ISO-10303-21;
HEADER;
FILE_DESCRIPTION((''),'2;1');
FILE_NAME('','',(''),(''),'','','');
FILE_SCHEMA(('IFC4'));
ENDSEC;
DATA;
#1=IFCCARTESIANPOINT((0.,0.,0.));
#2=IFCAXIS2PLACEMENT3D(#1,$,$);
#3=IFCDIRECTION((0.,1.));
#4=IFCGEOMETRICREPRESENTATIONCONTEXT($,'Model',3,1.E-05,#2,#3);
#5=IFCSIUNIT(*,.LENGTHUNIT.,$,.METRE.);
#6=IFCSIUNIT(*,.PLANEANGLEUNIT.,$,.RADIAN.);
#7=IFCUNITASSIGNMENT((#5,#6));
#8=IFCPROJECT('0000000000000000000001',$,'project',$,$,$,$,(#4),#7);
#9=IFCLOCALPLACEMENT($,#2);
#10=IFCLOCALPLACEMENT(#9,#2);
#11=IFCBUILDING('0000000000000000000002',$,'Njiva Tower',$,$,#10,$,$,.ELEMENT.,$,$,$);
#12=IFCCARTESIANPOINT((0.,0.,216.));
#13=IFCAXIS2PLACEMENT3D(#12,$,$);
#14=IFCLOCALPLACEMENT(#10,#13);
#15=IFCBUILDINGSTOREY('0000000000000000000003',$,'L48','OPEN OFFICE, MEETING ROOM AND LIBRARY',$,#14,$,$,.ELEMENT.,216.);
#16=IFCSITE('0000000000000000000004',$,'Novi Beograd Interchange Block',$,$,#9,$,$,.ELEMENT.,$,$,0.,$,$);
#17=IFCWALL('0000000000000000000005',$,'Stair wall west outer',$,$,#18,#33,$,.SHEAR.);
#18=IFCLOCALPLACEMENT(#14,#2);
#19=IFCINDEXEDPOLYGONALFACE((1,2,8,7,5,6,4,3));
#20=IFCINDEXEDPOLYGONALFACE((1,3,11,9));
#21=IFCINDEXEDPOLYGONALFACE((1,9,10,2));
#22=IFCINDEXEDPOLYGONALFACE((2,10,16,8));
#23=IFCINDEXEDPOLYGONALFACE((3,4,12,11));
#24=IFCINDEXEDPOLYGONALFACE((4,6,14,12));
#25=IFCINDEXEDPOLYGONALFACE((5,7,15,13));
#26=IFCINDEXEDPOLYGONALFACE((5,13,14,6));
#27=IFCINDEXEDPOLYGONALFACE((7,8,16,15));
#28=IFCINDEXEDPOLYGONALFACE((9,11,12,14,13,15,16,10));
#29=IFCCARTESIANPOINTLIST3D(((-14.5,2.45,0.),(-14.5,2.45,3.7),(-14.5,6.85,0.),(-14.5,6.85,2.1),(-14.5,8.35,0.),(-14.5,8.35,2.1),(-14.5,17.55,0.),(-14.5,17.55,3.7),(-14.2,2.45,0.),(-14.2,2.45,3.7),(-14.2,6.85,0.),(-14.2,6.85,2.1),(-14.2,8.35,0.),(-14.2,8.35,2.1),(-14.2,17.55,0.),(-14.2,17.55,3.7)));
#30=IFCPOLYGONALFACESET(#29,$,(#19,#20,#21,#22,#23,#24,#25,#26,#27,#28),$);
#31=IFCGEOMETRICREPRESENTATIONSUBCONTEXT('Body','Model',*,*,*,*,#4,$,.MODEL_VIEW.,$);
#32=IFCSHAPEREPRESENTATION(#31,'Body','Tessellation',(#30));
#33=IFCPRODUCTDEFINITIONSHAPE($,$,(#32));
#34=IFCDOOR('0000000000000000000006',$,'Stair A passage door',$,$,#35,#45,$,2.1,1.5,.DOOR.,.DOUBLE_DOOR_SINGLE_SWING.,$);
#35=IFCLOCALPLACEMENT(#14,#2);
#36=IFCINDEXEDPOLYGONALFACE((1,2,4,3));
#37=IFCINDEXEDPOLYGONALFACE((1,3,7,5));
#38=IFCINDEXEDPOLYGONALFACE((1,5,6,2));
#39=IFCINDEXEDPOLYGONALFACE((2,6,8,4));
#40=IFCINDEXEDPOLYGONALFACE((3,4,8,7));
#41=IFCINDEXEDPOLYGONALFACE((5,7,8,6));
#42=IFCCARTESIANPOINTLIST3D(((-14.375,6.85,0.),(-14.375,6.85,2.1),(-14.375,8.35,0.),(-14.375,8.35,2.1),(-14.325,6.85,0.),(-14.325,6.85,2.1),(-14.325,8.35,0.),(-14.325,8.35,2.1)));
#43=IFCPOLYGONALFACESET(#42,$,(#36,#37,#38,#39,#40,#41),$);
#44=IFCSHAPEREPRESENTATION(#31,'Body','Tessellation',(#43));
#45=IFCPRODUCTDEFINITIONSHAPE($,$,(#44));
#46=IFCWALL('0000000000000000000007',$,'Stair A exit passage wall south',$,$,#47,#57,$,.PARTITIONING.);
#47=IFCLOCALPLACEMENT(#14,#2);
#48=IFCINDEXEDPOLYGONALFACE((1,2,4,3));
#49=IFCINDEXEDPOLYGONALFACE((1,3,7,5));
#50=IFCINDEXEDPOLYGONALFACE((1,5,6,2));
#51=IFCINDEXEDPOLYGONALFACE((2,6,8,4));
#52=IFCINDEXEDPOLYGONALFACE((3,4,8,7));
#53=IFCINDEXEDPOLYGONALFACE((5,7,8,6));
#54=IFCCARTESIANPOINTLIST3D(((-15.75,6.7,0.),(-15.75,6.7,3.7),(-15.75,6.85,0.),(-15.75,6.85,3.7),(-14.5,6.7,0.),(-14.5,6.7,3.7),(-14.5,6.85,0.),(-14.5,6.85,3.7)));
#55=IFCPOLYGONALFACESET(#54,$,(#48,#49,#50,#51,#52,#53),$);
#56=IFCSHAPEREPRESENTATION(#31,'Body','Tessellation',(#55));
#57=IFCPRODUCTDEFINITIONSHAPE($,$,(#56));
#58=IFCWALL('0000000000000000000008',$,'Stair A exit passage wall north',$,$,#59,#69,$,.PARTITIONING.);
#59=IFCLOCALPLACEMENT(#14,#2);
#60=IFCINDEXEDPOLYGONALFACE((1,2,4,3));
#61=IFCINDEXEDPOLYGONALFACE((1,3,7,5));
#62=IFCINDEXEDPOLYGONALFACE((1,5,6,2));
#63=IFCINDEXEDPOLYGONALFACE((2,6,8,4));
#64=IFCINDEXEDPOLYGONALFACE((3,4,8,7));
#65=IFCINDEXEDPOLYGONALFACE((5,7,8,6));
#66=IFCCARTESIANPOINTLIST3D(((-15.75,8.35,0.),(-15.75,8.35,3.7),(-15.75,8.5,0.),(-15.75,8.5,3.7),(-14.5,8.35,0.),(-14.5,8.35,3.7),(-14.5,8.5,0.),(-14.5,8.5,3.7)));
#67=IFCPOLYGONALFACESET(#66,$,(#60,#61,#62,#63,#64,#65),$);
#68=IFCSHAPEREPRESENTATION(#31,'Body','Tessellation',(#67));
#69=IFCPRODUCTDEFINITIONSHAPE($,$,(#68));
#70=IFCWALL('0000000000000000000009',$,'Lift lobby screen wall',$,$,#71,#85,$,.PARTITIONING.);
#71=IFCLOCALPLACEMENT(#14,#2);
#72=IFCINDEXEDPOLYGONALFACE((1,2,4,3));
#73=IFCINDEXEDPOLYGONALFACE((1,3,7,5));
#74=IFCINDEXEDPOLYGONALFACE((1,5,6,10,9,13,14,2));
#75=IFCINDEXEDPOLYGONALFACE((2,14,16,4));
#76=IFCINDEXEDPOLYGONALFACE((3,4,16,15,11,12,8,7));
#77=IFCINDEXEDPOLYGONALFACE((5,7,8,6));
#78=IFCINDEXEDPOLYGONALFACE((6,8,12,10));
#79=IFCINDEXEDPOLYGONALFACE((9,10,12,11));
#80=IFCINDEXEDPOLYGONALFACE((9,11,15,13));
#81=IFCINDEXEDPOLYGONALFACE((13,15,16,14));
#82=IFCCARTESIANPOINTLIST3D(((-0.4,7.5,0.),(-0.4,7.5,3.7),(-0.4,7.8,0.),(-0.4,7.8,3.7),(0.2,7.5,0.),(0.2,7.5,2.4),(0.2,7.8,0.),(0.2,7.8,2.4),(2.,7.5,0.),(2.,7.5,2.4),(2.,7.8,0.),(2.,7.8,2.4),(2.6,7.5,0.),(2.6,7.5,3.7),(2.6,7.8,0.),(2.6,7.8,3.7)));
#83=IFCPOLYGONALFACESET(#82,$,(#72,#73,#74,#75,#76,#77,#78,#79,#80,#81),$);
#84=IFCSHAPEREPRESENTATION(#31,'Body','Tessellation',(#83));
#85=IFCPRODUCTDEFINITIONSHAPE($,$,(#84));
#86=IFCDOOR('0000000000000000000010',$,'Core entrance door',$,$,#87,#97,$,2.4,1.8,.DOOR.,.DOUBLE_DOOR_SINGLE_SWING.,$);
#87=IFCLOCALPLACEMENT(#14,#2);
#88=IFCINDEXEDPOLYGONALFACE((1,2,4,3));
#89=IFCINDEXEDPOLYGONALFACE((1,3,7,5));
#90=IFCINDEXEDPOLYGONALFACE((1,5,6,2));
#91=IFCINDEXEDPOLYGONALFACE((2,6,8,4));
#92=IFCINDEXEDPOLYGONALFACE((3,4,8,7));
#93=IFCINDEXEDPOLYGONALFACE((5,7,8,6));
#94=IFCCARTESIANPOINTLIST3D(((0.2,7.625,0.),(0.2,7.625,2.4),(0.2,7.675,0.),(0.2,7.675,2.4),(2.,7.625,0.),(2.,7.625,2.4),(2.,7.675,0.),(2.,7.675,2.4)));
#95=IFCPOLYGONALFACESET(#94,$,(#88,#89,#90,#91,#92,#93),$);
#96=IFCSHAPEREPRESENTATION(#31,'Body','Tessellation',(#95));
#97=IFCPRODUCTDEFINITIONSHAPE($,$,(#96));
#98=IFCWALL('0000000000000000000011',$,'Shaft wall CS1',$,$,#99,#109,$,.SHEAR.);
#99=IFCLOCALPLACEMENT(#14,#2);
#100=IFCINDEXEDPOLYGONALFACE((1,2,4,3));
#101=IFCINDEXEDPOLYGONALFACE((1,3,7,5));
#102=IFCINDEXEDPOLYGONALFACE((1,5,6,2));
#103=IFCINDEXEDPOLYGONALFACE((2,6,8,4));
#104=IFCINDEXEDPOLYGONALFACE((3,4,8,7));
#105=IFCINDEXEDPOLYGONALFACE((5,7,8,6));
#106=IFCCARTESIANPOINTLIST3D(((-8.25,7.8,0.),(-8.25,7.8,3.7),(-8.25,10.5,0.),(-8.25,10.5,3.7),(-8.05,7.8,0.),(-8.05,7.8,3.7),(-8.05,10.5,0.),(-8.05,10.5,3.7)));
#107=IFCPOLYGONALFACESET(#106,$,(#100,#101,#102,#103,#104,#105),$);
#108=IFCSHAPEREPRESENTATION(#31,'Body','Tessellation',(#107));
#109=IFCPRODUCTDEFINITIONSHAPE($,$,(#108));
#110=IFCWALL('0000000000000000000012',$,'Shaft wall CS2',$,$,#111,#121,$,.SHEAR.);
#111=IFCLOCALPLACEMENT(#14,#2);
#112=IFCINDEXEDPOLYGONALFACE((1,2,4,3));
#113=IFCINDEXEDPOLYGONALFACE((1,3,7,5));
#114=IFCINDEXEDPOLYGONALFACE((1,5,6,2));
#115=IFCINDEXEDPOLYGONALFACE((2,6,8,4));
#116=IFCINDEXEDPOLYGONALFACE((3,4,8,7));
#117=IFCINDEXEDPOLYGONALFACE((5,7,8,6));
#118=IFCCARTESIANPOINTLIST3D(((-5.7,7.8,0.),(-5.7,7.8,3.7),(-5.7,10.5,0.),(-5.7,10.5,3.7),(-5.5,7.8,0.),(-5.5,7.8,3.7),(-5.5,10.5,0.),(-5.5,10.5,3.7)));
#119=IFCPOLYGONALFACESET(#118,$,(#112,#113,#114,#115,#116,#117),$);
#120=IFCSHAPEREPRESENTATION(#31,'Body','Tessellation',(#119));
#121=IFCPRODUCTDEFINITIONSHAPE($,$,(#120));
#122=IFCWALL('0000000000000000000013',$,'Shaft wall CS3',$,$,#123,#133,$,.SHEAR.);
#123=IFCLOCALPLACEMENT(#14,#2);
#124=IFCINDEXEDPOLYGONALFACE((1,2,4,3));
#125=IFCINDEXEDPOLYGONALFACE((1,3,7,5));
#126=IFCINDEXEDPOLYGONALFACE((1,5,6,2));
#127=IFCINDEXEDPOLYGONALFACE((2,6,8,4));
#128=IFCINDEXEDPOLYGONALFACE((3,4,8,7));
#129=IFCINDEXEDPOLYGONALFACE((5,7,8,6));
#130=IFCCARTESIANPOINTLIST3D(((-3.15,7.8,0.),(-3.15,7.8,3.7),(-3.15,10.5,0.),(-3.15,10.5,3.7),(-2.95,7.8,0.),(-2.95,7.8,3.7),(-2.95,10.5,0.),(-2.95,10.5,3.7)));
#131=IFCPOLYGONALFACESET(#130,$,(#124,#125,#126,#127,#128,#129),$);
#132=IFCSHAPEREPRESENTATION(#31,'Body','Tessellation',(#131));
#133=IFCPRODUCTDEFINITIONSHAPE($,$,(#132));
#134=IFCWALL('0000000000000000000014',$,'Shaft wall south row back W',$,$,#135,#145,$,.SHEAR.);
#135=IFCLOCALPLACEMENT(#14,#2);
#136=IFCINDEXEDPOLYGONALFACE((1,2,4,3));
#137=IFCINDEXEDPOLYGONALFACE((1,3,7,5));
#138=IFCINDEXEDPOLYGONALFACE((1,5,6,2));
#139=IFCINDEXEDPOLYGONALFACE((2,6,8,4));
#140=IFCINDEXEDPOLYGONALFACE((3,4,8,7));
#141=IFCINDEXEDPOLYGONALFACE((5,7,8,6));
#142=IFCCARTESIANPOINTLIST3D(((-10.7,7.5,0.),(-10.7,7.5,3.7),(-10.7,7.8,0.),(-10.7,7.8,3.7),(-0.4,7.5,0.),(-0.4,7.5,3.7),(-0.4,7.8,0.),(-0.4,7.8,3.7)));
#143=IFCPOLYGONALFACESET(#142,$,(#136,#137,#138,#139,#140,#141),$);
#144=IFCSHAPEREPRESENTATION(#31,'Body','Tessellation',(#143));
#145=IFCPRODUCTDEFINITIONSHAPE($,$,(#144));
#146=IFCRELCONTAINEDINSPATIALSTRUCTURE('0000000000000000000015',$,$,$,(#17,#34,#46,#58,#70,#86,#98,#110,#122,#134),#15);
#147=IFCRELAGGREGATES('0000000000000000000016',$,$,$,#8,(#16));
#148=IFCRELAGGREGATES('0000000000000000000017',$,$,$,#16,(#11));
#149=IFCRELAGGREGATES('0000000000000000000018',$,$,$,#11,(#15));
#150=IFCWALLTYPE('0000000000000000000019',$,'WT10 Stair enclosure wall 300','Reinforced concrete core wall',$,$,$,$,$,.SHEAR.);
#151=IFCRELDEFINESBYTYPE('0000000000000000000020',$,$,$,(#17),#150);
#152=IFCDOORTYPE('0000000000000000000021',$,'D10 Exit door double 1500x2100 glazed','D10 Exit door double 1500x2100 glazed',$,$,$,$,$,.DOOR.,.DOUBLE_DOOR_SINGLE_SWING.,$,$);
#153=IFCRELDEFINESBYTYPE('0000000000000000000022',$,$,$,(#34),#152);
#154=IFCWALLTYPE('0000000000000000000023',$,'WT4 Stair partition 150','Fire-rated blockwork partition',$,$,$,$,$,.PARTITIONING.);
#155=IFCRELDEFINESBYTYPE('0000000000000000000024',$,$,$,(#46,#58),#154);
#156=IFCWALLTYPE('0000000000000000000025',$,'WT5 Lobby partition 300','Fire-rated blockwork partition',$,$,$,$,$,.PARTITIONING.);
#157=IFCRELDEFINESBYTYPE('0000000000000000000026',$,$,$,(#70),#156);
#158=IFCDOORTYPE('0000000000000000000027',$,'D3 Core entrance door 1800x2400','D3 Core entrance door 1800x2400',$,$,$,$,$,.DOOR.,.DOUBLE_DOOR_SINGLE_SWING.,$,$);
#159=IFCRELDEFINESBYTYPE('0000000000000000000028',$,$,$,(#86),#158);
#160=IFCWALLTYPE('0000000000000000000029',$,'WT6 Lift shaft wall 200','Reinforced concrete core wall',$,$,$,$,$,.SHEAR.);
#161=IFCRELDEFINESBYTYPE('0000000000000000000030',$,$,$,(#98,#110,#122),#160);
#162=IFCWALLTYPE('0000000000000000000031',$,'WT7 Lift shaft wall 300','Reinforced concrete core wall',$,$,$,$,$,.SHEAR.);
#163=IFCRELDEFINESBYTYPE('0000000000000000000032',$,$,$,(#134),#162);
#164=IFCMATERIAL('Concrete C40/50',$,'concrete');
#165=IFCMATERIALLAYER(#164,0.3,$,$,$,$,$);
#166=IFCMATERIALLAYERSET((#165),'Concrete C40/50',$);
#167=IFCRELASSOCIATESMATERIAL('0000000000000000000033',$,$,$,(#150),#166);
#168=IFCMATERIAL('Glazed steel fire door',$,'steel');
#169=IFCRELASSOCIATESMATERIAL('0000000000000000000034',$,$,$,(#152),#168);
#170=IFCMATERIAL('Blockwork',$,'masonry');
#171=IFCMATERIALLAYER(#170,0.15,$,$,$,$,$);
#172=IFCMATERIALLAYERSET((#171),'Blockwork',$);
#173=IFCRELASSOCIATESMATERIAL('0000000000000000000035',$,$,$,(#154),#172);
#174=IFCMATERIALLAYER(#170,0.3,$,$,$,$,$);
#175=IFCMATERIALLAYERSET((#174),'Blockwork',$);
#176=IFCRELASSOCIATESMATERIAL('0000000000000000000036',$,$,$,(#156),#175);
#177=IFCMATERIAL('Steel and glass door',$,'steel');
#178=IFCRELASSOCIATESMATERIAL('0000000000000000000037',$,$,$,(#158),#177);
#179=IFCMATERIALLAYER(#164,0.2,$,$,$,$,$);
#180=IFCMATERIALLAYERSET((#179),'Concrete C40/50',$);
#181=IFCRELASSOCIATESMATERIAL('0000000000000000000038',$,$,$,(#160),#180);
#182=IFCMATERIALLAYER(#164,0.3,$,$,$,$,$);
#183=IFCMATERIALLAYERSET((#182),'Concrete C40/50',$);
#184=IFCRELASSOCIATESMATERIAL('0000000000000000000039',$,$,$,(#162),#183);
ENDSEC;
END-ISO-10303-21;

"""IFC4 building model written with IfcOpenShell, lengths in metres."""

from ifc_helpers import new_model, si_unit, direction, frame, frame_2d, origin, place, context, subcontext, project, spatial, rectangle, extrude, material, layer, layer_set, type_object, element, fill, save


model = new_model("IFC4")

# Units and contexts
model_context = context("Model", 3, precision=1e-05, world=origin(), true_north=direction((0.0, 1.0)))
body_context = subcontext(model_context, "Body", "Model", "MODEL_VIEW")
ifc_project = project(units=[si_unit("LENGTHUNIT", "METRE"), si_unit("PLANEANGLEUNIT", "RADIAN")], contexts=[model_context])

# Site, building, storey
site_placement = place(None, origin())
site = spatial("IfcSite", under=ifc_project, at=site_placement, Name="Novi Beograd Interchange Block", CompositionType="ELEMENT", RefElevation=0.0)
building_placement = place(site_placement, origin())
building = spatial("IfcBuilding", under=site, at=building_placement, Name="Njiva Tower", CompositionType="ELEMENT")
storey_placement = place(building_placement, frame((0.0, 0.0, 216.0)))
storey = spatial("IfcBuildingStorey", under=building, at=storey_placement, Name="L48", Description="OPEN OFFICE, MEETING ROOM AND LIBRARY", CompositionType="ELEMENT", Elevation=216.0)

# Shared definitions
ifc_material_1 = material(Name="Blockwork", Category="masonry")

# Shared definitions
ifc_material_2 = material(Name="Concrete C40/50", Category="concrete")
ifc_layer_1 = layer(ifc_material_2, 0.3)
ifc_layer_set_1 = layer_set([ifc_layer_1], Name="Concrete C40/50")
wall_type_1 = type_object("IfcWallType", Name="WT10 Stair enclosure wall 300", Description="Reinforced concrete core wall", PredefinedType="SHEAR", material=ifc_layer_set_1)
ifc_material_3 = material(Name="Glazed steel fire door", Category="steel")

# Wall, opening, door
wall_1_placement = place(storey_placement, frame((-14.35, 2.45, 0.0), z_axis=(0.0, 0.0, 1.0), x_axis=(0.0, 1.0, 0.0)))
wall_1 = element("IfcWall", 1, at=wall_1_placement, inside=storey, type_object=wall_type_1, Name="Stair wall west outer", PredefinedType="SHEAR", context=body_context, shape_type="SweptSolid", body=[
    extrude(rectangle(XDim=15.1, YDim=0.3, at=frame_2d((7.55, 0.0))), origin(), (0.0, 0.0, 1.0), 3.7),
])
opening_1_placement = place(wall_1_placement, frame((4.4, 0.0, 0.0)))
opening_1 = element("IfcOpeningElement", 2, at=opening_1_placement, cuts=wall_1, PredefinedType="OPENING", context=body_context, shape_type="SweptSolid", body=[
    extrude(rectangle(XDim=1.5, YDim=2.1, at=frame_2d((0.75, 1.05))), frame((0.0, 0.16, 0.0), z_axis=(0.0, -1.0, 0.0), x_axis=(1.0, 0.0, 0.0)), (0.0, 0.0, 1.0), 0.32),
])
door_type_1 = type_object("IfcDoorType", Name="D10 Exit door double 1500x2100 glazed", Description="D10 Exit door double 1500x2100 glazed", OperationType="DOUBLE_DOOR_SINGLE_SWING", PredefinedType="DOOR", material=ifc_material_3)
door_1_placement = place(opening_1_placement, origin())
door_1 = element("IfcDoor", 3, at=door_1_placement, inside=storey, type_object=door_type_1, Name="Stair A passage door", OperationType="DOUBLE_DOOR_SINGLE_SWING", OverallHeight=2.1, OverallWidth=1.5, PredefinedType="DOOR", context=body_context, shape_type="SweptSolid", body=[
    extrude(rectangle(XDim=1.5, YDim=2.1, at=frame_2d((0.75, 1.05))), frame((0.0, 0.025, 0.0), z_axis=(0.0, -1.0, 0.0), x_axis=(1.0, 0.0, 0.0)), (0.0, 0.0, 1.0), 0.05),
])
fill(opening_1, door_1)

# Walls
ifc_layer_2 = layer(ifc_material_1, 0.15)
ifc_layer_set_2 = layer_set([ifc_layer_2], Name="Blockwork")
wall_type_2 = type_object("IfcWallType", Name="WT4 Stair partition 150", Description="Fire-rated blockwork partition", PredefinedType="PARTITIONING", material=ifc_layer_set_2)
for number, where, z_axis, x_axis, name in (
    (4, (-15.75, 6.775, 0.0), (0.0, 0.0, 1.0), (1.0, 0.0, 0.0), "Stair A exit passage wall south"),
    (5, (-15.75, 8.425, 0.0), (0.0, 0.0, 1.0), (1.0, 0.0, 0.0), "Stair A exit passage wall north"),
):
    element("IfcWall", number, at=place(storey_placement, frame(where, z_axis=z_axis, x_axis=x_axis)), inside=storey, type_object=wall_type_2, Name=name, PredefinedType="PARTITIONING", context=body_context, shape_type="SweptSolid", body=[
        extrude(rectangle(XDim=1.25, YDim=0.15, at=frame_2d((0.625, 0.0))), origin(), (0.0, 0.0, 1.0), 3.7),
    ])

# Wall, opening, door
ifc_layer_3 = layer(ifc_material_1, 0.3)
ifc_layer_set_3 = layer_set([ifc_layer_3], Name="Blockwork")
wall_type_3 = type_object("IfcWallType", Name="WT5 Lobby partition 300", Description="Fire-rated blockwork partition", PredefinedType="PARTITIONING", material=ifc_layer_set_3)
wall_2_placement = place(storey_placement, frame((-0.4, 7.65, 0.0), z_axis=(0.0, 0.0, 1.0), x_axis=(1.0, 0.0, 0.0)))
wall_2 = element("IfcWall", 6, at=wall_2_placement, inside=storey, type_object=wall_type_3, Name="Lift lobby screen wall", PredefinedType="PARTITIONING", context=body_context, shape_type="SweptSolid", body=[
    extrude(rectangle(XDim=3.0, YDim=0.3, at=frame_2d((1.5, 0.0))), origin(), (0.0, 0.0, 1.0), 3.7),
])
opening_2_placement = place(wall_2_placement, frame((0.6, 0.0, 0.0)))
opening_2 = element("IfcOpeningElement", 7, at=opening_2_placement, cuts=wall_2, PredefinedType="OPENING", context=body_context, shape_type="SweptSolid", body=[
    extrude(rectangle(XDim=1.8, YDim=2.4, at=frame_2d((0.9, 1.2))), frame((0.0, 0.16, 0.0), z_axis=(0.0, -1.0, 0.0), x_axis=(1.0, 0.0, 0.0)), (0.0, 0.0, 1.0), 0.32),
])
ifc_material_4 = material(Name="Steel and glass door", Category="steel")
door_type_2 = type_object("IfcDoorType", Name="D3 Core entrance door 1800x2400", Description="D3 Core entrance door 1800x2400", OperationType="DOUBLE_DOOR_SINGLE_SWING", PredefinedType="DOOR", material=ifc_material_4)
door_2_placement = place(opening_2_placement, origin())
door_2 = element("IfcDoor", 8, at=door_2_placement, inside=storey, type_object=door_type_2, Name="Core entrance door", OperationType="DOUBLE_DOOR_SINGLE_SWING", OverallHeight=2.4, OverallWidth=1.8, PredefinedType="DOOR", context=body_context, shape_type="SweptSolid", body=[
    extrude(rectangle(XDim=1.8, YDim=2.4, at=frame_2d((0.9, 1.2))), frame((0.0, 0.025, 0.0), z_axis=(0.0, -1.0, 0.0), x_axis=(1.0, 0.0, 0.0)), (0.0, 0.0, 1.0), 0.05),
])
fill(opening_2, door_2)

# Walls
ifc_layer_4 = layer(ifc_material_2, 0.2)
ifc_layer_set_4 = layer_set([ifc_layer_4], Name="Concrete C40/50")
wall_type_4 = type_object("IfcWallType", Name="WT6 Lift shaft wall 200", Description="Reinforced concrete core wall", PredefinedType="SHEAR", material=ifc_layer_set_4)
for number, where, z_axis, x_axis, name in (
    (9, (-8.15, 7.8, 0.0), (0.0, 0.0, 1.0), (0.0, 1.0, 0.0), "Shaft wall CS1"),
    (10, (-5.6, 7.8, 0.0), (0.0, 0.0, 1.0), (0.0, 1.0, 0.0), "Shaft wall CS2"),
    (11, (-3.05, 7.8, 0.0), (0.0, 0.0, 1.0), (0.0, 1.0, 0.0), "Shaft wall CS3"),
):
    element("IfcWall", number, at=place(storey_placement, frame(where, z_axis=z_axis, x_axis=x_axis)), inside=storey, type_object=wall_type_4, Name=name, PredefinedType="SHEAR", context=body_context, shape_type="SweptSolid", body=[
        extrude(rectangle(XDim=2.7, YDim=0.2, at=frame_2d((1.35, 0.0))), origin(), (0.0, 0.0, 1.0), 3.7),
    ])
ifc_layer_5 = layer(ifc_material_2, 0.3)
ifc_layer_set_5 = layer_set([ifc_layer_5], Name="Concrete C40/50")
wall_type_5 = type_object("IfcWallType", Name="WT7 Lift shaft wall 300", Description="Reinforced concrete core wall", PredefinedType="SHEAR", material=ifc_layer_set_5)
wall_3_placement = place(storey_placement, frame((-10.7, 7.65, 0.0), z_axis=(0.0, 0.0, 1.0), x_axis=(1.0, 0.0, 0.0)))
element("IfcWall", 12, at=wall_3_placement, inside=storey, type_object=wall_type_5, Name="Shaft wall south row back W", PredefinedType="SHEAR", context=body_context, shape_type="SweptSolid", body=[
    extrude(rectangle(XDim=10.3, YDim=0.3, at=frame_2d((5.15, 0.0))), origin(), (0.0, 0.0, 1.0), 3.7),
])

save(model, "model.ifc")
